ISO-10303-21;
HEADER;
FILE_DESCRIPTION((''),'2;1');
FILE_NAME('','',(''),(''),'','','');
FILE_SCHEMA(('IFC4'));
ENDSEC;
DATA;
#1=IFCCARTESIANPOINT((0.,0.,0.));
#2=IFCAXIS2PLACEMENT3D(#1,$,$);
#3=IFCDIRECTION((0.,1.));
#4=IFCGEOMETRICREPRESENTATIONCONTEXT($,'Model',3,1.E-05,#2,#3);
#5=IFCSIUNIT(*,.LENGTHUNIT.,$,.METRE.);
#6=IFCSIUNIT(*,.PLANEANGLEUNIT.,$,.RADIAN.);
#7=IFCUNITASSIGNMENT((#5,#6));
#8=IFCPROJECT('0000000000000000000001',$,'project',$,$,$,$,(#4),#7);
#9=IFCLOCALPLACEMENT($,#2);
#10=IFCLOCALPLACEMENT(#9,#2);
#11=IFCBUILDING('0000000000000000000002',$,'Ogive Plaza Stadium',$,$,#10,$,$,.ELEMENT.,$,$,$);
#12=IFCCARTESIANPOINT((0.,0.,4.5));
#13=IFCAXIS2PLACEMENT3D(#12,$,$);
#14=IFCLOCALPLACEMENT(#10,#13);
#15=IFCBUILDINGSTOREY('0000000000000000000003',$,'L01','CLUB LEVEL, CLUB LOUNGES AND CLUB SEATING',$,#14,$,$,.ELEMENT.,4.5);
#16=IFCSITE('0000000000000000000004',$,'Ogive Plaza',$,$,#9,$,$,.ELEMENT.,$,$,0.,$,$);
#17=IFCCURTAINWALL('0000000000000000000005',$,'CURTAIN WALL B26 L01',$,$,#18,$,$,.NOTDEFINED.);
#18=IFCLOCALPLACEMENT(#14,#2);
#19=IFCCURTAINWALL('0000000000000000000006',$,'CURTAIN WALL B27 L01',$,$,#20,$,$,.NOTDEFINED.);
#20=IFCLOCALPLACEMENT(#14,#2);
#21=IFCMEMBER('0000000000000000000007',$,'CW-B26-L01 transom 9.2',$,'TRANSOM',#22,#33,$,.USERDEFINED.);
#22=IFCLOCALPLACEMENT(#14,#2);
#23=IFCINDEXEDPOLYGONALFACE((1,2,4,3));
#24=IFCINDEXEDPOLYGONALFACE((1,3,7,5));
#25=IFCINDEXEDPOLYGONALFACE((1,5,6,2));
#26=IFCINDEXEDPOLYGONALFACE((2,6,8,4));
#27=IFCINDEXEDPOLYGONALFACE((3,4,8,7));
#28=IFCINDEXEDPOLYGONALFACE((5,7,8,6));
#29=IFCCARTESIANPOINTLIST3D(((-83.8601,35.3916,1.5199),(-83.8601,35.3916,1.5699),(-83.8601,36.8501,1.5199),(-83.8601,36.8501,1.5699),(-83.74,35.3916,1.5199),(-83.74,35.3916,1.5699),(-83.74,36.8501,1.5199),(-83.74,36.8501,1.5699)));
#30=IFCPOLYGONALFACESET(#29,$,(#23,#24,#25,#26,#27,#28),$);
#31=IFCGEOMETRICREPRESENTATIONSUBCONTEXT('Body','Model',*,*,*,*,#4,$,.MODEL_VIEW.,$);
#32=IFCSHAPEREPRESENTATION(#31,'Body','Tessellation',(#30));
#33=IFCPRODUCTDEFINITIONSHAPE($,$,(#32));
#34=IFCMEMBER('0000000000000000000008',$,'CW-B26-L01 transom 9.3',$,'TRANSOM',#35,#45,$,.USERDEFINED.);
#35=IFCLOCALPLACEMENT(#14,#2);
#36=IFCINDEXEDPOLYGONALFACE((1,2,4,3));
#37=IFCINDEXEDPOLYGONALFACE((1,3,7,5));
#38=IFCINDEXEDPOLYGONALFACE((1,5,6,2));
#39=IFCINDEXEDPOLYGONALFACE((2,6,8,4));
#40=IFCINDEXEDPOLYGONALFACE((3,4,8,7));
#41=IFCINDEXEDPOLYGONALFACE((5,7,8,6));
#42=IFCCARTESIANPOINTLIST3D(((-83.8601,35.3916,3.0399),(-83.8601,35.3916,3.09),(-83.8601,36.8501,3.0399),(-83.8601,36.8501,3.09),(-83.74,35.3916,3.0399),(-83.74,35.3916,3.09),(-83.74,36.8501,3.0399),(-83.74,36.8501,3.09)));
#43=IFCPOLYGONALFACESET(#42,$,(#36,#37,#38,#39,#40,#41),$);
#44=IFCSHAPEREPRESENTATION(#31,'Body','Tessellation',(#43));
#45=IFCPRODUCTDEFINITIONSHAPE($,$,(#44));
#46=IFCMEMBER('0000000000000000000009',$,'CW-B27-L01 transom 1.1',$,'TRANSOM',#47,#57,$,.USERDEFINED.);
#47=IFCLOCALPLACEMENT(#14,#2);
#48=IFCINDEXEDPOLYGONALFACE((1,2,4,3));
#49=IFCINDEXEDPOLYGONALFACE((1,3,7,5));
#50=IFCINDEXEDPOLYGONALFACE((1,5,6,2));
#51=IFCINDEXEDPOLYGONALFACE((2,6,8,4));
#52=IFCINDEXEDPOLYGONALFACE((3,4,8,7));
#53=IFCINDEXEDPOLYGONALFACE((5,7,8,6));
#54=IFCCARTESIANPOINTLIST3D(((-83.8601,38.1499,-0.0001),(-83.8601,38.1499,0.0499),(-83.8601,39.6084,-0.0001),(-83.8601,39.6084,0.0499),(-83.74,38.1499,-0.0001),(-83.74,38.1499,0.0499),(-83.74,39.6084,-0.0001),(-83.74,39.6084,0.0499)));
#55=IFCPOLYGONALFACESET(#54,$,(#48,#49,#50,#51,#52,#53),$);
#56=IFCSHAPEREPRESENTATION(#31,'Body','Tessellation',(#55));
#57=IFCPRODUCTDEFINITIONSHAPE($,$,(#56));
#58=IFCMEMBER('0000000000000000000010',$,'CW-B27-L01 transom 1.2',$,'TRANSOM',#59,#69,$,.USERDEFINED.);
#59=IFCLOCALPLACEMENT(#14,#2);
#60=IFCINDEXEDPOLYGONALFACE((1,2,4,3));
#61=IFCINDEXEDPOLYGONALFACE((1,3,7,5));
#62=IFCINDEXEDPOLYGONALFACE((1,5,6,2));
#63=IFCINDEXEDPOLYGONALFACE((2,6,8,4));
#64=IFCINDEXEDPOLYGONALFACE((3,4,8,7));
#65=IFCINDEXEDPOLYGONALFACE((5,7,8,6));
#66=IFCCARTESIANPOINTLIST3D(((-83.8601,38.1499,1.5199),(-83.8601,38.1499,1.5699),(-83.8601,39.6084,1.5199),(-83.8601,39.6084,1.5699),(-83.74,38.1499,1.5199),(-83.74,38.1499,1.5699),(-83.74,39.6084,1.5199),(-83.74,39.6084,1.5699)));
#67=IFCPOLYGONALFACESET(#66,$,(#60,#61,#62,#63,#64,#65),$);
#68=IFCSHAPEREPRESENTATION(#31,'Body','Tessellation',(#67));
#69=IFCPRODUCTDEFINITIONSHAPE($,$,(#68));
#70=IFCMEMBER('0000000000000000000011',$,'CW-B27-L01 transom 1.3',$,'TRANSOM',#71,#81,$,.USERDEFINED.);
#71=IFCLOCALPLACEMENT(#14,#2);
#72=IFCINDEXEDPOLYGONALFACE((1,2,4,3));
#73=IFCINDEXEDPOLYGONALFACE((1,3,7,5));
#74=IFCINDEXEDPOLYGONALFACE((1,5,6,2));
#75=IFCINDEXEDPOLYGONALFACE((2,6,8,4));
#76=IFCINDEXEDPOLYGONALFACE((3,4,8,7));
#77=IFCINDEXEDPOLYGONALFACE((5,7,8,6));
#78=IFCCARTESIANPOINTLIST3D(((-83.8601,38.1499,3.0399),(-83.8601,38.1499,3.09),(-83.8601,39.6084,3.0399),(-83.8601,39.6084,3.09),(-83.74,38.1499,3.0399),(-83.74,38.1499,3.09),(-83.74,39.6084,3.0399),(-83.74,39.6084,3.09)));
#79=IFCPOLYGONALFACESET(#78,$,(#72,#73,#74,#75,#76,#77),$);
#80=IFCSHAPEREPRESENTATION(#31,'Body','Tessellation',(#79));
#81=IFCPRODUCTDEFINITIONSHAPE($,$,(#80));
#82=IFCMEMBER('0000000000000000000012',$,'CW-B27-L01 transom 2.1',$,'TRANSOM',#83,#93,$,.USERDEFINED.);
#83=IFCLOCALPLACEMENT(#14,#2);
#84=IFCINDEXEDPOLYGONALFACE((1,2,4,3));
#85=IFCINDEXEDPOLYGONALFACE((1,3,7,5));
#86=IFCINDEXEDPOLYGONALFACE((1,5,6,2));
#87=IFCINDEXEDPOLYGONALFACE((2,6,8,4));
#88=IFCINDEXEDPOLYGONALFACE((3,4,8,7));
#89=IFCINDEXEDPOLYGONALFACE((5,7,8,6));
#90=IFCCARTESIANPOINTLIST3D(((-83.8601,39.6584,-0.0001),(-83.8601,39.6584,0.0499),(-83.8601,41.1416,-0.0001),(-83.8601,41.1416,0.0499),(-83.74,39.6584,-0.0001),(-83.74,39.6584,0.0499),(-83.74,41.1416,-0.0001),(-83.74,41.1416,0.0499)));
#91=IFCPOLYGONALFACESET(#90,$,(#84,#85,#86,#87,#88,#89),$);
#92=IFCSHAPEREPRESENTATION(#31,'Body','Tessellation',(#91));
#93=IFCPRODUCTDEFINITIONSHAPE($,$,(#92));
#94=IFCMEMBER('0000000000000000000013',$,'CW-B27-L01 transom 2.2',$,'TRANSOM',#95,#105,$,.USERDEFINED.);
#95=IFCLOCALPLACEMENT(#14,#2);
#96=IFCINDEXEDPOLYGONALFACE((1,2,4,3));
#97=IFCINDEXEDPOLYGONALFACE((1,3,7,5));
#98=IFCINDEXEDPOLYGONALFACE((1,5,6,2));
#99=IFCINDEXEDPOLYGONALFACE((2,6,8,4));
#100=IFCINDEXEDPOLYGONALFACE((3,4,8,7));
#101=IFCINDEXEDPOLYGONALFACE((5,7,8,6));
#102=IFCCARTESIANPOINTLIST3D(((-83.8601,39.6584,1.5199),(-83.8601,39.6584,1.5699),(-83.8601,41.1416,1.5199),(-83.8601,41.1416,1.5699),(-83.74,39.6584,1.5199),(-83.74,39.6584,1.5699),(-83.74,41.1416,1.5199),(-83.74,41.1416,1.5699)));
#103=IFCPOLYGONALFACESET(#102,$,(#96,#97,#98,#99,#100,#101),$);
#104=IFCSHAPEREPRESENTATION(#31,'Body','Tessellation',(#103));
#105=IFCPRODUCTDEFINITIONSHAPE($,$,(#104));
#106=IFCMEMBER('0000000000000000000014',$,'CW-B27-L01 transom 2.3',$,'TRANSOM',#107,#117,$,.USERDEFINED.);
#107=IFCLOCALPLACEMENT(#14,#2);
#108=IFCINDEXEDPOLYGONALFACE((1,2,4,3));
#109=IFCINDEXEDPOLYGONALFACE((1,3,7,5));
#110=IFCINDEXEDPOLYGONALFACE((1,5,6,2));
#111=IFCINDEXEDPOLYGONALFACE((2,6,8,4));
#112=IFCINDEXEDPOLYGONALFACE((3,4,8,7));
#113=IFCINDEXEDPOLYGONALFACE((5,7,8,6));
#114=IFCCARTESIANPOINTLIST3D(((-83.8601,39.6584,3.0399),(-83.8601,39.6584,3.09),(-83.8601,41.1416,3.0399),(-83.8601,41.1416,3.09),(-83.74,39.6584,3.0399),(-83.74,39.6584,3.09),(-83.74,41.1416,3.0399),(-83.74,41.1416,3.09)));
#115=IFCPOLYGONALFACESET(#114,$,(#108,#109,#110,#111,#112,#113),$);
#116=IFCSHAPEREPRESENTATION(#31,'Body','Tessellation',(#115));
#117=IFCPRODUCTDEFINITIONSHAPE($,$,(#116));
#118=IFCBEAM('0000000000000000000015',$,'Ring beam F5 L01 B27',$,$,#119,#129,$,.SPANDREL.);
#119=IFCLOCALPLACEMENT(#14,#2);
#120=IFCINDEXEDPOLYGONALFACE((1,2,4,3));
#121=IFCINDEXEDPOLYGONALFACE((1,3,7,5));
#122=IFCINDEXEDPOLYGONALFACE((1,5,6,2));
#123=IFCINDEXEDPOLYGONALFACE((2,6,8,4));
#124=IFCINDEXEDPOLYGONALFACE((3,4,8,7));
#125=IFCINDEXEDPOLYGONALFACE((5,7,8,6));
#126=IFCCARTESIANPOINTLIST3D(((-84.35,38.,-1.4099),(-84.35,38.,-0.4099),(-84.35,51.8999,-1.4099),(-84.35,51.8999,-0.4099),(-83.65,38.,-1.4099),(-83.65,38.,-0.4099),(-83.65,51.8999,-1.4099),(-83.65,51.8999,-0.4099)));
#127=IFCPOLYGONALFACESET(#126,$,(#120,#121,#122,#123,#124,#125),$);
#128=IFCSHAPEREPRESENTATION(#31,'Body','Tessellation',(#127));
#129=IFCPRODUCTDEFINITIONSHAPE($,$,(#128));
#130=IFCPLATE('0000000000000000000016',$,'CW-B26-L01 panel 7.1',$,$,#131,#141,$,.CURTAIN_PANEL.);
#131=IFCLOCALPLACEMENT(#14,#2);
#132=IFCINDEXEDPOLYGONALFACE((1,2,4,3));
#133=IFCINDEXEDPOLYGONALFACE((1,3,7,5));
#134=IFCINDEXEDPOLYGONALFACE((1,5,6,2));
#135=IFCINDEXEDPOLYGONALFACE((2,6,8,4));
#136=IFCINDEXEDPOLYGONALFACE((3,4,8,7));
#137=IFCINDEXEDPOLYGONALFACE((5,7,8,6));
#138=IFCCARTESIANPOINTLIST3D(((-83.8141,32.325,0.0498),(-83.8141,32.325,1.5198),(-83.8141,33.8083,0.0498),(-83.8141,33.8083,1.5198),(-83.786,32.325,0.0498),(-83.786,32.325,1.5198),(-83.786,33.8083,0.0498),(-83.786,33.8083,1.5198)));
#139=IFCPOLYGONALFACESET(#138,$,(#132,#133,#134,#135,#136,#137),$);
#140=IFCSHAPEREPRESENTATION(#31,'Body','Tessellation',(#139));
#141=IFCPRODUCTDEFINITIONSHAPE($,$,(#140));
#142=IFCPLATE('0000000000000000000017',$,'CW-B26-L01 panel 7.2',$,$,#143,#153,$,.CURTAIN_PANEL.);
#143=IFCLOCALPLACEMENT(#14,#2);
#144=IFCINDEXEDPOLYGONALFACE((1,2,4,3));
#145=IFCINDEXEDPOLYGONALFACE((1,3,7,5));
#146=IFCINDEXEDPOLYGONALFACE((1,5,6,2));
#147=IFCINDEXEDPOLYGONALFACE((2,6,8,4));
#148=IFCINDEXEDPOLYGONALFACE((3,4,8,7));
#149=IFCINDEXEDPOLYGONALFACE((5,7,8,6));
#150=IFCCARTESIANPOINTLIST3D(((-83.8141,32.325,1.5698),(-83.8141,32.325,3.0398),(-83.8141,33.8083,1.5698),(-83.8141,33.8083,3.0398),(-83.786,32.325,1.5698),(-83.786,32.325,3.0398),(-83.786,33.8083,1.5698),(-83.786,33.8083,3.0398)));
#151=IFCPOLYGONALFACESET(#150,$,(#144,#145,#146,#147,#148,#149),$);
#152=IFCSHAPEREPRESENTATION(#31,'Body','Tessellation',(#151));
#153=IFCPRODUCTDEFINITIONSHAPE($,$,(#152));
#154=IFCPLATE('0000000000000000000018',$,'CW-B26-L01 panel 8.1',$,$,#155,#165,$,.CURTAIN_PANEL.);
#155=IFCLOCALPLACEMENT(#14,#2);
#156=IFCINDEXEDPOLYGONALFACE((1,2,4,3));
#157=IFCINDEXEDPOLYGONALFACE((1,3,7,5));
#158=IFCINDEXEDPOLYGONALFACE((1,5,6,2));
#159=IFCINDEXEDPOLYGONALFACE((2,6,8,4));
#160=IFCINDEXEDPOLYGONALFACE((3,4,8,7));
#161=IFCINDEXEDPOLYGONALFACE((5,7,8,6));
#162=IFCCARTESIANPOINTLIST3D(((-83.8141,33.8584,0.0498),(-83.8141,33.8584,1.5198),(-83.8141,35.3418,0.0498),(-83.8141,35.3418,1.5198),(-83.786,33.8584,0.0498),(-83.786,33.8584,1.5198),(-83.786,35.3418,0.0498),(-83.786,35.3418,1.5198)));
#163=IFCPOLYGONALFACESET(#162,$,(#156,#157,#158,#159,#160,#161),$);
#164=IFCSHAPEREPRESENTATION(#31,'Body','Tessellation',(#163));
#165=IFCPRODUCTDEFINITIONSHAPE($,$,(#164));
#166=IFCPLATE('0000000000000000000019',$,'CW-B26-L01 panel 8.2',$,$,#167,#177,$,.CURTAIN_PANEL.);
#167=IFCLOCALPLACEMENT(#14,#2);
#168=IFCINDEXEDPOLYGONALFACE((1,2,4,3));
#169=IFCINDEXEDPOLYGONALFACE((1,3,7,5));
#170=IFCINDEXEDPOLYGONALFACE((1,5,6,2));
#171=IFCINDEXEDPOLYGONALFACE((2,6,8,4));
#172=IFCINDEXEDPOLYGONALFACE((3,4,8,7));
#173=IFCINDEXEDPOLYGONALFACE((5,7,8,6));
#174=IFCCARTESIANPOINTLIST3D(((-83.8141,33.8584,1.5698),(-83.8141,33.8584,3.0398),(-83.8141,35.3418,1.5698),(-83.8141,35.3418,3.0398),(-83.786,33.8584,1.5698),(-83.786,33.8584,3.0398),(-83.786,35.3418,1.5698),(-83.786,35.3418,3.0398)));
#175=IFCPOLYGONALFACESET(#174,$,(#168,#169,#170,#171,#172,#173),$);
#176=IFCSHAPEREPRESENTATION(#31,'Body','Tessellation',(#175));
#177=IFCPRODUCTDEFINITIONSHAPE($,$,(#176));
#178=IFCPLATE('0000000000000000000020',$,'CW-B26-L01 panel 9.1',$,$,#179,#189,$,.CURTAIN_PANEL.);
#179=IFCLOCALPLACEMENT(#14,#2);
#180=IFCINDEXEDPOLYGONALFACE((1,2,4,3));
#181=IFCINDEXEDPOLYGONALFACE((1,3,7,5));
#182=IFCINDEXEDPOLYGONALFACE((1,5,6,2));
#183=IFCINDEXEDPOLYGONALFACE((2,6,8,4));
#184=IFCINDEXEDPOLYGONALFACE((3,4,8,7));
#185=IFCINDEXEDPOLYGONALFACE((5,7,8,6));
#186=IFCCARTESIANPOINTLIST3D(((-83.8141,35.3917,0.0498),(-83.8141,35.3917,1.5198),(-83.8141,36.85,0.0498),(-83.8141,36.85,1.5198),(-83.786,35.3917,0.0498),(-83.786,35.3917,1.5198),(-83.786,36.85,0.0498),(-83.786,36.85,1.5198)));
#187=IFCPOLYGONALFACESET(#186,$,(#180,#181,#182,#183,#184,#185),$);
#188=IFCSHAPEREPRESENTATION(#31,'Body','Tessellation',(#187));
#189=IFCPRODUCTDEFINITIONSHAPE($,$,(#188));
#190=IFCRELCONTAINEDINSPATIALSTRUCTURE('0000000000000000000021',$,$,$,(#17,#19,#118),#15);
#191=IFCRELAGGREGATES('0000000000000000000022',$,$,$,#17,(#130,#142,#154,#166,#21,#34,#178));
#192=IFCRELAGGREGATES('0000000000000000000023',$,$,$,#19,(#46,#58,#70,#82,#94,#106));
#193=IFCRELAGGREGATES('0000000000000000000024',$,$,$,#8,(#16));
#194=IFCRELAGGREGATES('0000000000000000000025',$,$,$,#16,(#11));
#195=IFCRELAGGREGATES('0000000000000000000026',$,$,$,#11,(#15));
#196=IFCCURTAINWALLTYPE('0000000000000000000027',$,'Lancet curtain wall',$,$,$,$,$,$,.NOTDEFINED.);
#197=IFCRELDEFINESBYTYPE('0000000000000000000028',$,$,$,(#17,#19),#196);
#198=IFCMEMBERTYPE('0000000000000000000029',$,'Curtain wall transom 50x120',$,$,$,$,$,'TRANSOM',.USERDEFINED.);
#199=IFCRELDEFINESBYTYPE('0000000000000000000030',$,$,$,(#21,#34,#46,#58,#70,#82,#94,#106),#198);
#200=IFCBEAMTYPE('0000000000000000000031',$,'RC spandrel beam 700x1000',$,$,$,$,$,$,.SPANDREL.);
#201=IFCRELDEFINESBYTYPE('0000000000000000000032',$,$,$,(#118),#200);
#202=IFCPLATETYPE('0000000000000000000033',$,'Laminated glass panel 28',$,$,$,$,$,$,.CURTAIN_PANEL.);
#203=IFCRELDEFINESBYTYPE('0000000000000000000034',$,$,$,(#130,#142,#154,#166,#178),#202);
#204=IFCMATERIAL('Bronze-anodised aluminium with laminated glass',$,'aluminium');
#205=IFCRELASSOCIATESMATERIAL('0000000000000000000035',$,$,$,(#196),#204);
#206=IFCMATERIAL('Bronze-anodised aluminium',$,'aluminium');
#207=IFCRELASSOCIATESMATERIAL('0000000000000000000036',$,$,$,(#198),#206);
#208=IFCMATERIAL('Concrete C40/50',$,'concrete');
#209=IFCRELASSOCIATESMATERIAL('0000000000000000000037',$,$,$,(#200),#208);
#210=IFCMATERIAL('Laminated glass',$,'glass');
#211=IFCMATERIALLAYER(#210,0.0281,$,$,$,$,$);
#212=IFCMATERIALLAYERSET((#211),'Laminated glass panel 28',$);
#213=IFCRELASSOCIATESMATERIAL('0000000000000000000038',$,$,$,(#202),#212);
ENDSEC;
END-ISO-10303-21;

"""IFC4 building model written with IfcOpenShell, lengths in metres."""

from ifc_helpers import new_model, si_unit, direction, frame, origin, origin_2d, place, context, subcontext, project, spatial, rectangle, extrude, material, layer, layer_set, material_profile, profile_set, type_object, element, aggregate, save


model = new_model("IFC4")

# Units and contexts
model_context = context("Model", 3, precision=1e-05, world=origin(), true_north=direction((0.0, 1.0)))
body_context = subcontext(model_context, "Body", "Model", "MODEL_VIEW")
ifc_project = project(units=[si_unit("LENGTHUNIT", "METRE"), si_unit("PLANEANGLEUNIT", "RADIAN")], contexts=[model_context])

# Site, building, storey
site_placement = place(None, origin())
site = spatial("IfcSite", under=ifc_project, at=site_placement, Name="Ogive Plaza", CompositionType="ELEMENT", RefElevation=0.0)
building_placement = place(site_placement, origin())
building = spatial("IfcBuilding", under=site, at=building_placement, Name="Ogive Plaza Stadium", CompositionType="ELEMENT")
storey_placement = place(building_placement, frame((0.0, 0.0, 4.5)))
storey = spatial("IfcBuildingStorey", under=building, at=storey_placement, Name="L01", Description="CLUB LEVEL, CLUB LOUNGES AND CLUB SEATING", CompositionType="ELEMENT", Elevation=4.5)

# Curtain walls
ifc_material_1 = material(Name="Bronze-anodised aluminium with laminated glass", Category="aluminium")
curtain_wall_type = type_object("IfcCurtainWallType", Name="Lancet curtain wall", PredefinedType="NOTDEFINED", material=ifc_material_1)
curtain_wall_1_placement = place(storey_placement, origin())
curtain_wall_1 = element("IfcCurtainWall", 1, at=curtain_wall_1_placement, inside=storey, type_object=curtain_wall_type, Name="CURTAIN WALL B26 L01", PredefinedType="NOTDEFINED")
curtain_wall_2_placement = place(storey_placement, origin())
curtain_wall_2 = element("IfcCurtainWall", 2, at=curtain_wall_2_placement, inside=storey, type_object=curtain_wall_type, Name="CURTAIN WALL B27 L01", PredefinedType="NOTDEFINED")

# Members
ifc_material_2 = material(Name="Bronze-anodised aluminium", Category="aluminium")
ifc_material_profile_1 = material_profile(ifc_material_2, rectangle(XDim=0.1201, YDim=0.05, at=origin_2d()), Name="AL 120x50")
ifc_profile_set_1 = profile_set([ifc_material_profile_1], Name="Bronze-anodised aluminium")
member_type_1 = type_object("IfcMemberType", Name="Curtain wall transom 50x120", ElementType="TRANSOM", PredefinedType="USERDEFINED", material=ifc_profile_set_1)
member_1_placement = place(storey_placement, frame((-83.8, 35.3916, 1.5449), z_axis=(0.0, 1.0, 0.0), x_axis=(-1.0, 0.0, 0.0)))
member_1 = element("IfcMember", 3, at=member_1_placement, type_object=member_type_1, Name="CW-B26-L01 transom 9.2", ObjectType="TRANSOM", PredefinedType="USERDEFINED", context=body_context, shape_type="SweptSolid", body=[
    extrude(rectangle(XDim=0.1201, YDim=0.05, at=origin_2d()), origin(), (0.0, 0.0, 1.0), 1.4585),
])
member_2_placement = place(storey_placement, frame((-83.8, 35.3916, 3.0649), z_axis=(0.0, 1.0, 0.0), x_axis=(-1.0, 0.0, 0.0)))
member_2 = element("IfcMember", 4, at=member_2_placement, type_object=member_type_1, Name="CW-B26-L01 transom 9.3", ObjectType="TRANSOM", PredefinedType="USERDEFINED", context=body_context, shape_type="SweptSolid", body=[
    extrude(rectangle(XDim=0.1201, YDim=0.05, at=origin_2d()), origin(), (0.0, 0.0, 1.0), 1.4585),
])
member_3_placement = place(storey_placement, frame((-83.8, 38.1499, 0.0249), z_axis=(0.0, 1.0, 0.0), x_axis=(-1.0, 0.0, 0.0)))
member_3 = element("IfcMember", 5, at=member_3_placement, type_object=member_type_1, Name="CW-B27-L01 transom 1.1", ObjectType="TRANSOM", PredefinedType="USERDEFINED", context=body_context, shape_type="SweptSolid", body=[
    extrude(rectangle(XDim=0.1201, YDim=0.05, at=origin_2d()), origin(), (0.0, 0.0, 1.0), 1.4585),
])
member_4_placement = place(storey_placement, frame((-83.8, 38.1499, 1.5449), z_axis=(0.0, 1.0, 0.0), x_axis=(-1.0, 0.0, 0.0)))
member_4 = element("IfcMember", 6, at=member_4_placement, type_object=member_type_1, Name="CW-B27-L01 transom 1.2", ObjectType="TRANSOM", PredefinedType="USERDEFINED", context=body_context, shape_type="SweptSolid", body=[
    extrude(rectangle(XDim=0.1201, YDim=0.05, at=origin_2d()), origin(), (0.0, 0.0, 1.0), 1.4585),
])
member_5_placement = place(storey_placement, frame((-83.8, 38.1499, 3.0649), z_axis=(0.0, 1.0, 0.0), x_axis=(-1.0, 0.0, 0.0)))
member_5 = element("IfcMember", 7, at=member_5_placement, type_object=member_type_1, Name="CW-B27-L01 transom 1.3", ObjectType="TRANSOM", PredefinedType="USERDEFINED", context=body_context, shape_type="SweptSolid", body=[
    extrude(rectangle(XDim=0.1201, YDim=0.05, at=origin_2d()), origin(), (0.0, 0.0, 1.0), 1.4585),
])
member_6_placement = place(storey_placement, frame((-83.8, 39.6584, 0.0249), z_axis=(0.0, 1.0, 0.0), x_axis=(-1.0, 0.0, 0.0)))
member_6 = element("IfcMember", 8, at=member_6_placement, type_object=member_type_1, Name="CW-B27-L01 transom 2.1", ObjectType="TRANSOM", PredefinedType="USERDEFINED", context=body_context, shape_type="SweptSolid", body=[
    extrude(rectangle(XDim=0.1201, YDim=0.05, at=origin_2d()), origin(), (0.0, 0.0, 1.0), 1.4832),
])
member_7_placement = place(storey_placement, frame((-83.8, 39.6584, 1.5449), z_axis=(0.0, 1.0, 0.0), x_axis=(-1.0, 0.0, 0.0)))
member_7 = element("IfcMember", 9, at=member_7_placement, type_object=member_type_1, Name="CW-B27-L01 transom 2.2", ObjectType="TRANSOM", PredefinedType="USERDEFINED", context=body_context, shape_type="SweptSolid", body=[
    extrude(rectangle(XDim=0.1201, YDim=0.05, at=origin_2d()), origin(), (0.0, 0.0, 1.0), 1.4832),
])
member_8_placement = place(storey_placement, frame((-83.8, 39.6584, 3.0649), z_axis=(0.0, 1.0, 0.0), x_axis=(-1.0, 0.0, 0.0)))
member_8 = element("IfcMember", 10, at=member_8_placement, type_object=member_type_1, Name="CW-B27-L01 transom 2.3", ObjectType="TRANSOM", PredefinedType="USERDEFINED", context=body_context, shape_type="SweptSolid", body=[
    extrude(rectangle(XDim=0.1201, YDim=0.05, at=origin_2d()), origin(), (0.0, 0.0, 1.0), 1.4832),
])

# Beam
ifc_material_3 = material(Name="Concrete C40/50", Category="concrete")
ifc_material_profile_2 = material_profile(ifc_material_3, rectangle(XDim=0.7, YDim=1.0, at=origin_2d()), Name="RC 700x1000")
ifc_profile_set_2 = profile_set([ifc_material_profile_2], Name="Concrete C40/50")
beam_type = type_object("IfcBeamType", Name="RC spandrel beam 700x1000", PredefinedType="SPANDREL", material=ifc_profile_set_2)
beam_placement = place(storey_placement, frame((-84.0, 38.0, -0.9099), z_axis=(0.0, 1.0, 0.0), x_axis=(-1.0, 0.0, 0.0)))
element("IfcBeam", 11, at=beam_placement, inside=storey, type_object=beam_type, Name="Ring beam F5 L01 B27", PredefinedType="SPANDREL", context=body_context, shape_type="SweptSolid", body=[
    extrude(rectangle(XDim=0.7, YDim=1.0, at=origin_2d()), origin(), (0.0, 0.0, 1.0), 13.8999),
])

# Plates
ifc_material_4 = material(Name="Laminated glass", Category="glass")
ifc_layer = layer(ifc_material_4, 0.0281)
ifc_layer_set = layer_set([ifc_layer], Name="Laminated glass panel 28")
plate_type = type_object("IfcPlateType", Name="Laminated glass panel 28", PredefinedType="CURTAIN_PANEL", material=ifc_layer_set)
plate_1_placement = place(storey_placement, frame((-83.8, 33.0667, 0.0498), z_axis=(0.0, 0.0, 1.0), x_axis=(0.0, 1.0, 0.0)))
plate_1 = element("IfcPlate", 12, at=plate_1_placement, type_object=plate_type, Name="CW-B26-L01 panel 7.1", PredefinedType="CURTAIN_PANEL", context=body_context, shape_type="SweptSolid", body=[
    extrude(rectangle(XDim=1.4834, YDim=0.0281, at=origin_2d()), origin(), (0.0, 0.0, 1.0), 1.47),
])
plate_2_placement = place(storey_placement, frame((-83.8, 33.0667, 1.5698), z_axis=(0.0, 0.0, 1.0), x_axis=(0.0, 1.0, 0.0)))
plate_2 = element("IfcPlate", 13, at=plate_2_placement, type_object=plate_type, Name="CW-B26-L01 panel 7.2", PredefinedType="CURTAIN_PANEL", context=body_context, shape_type="SweptSolid", body=[
    extrude(rectangle(XDim=1.4834, YDim=0.0281, at=origin_2d()), origin(), (0.0, 0.0, 1.0), 1.47),
])
plate_3_placement = place(storey_placement, frame((-83.8, 34.6001, 0.0498), z_axis=(0.0, 0.0, 1.0), x_axis=(0.0, 1.0, 0.0)))
plate_3 = element("IfcPlate", 14, at=plate_3_placement, type_object=plate_type, Name="CW-B26-L01 panel 8.1", PredefinedType="CURTAIN_PANEL", context=body_context, shape_type="SweptSolid", body=[
    extrude(rectangle(XDim=1.4834, YDim=0.0281, at=origin_2d()), origin(), (0.0, 0.0, 1.0), 1.47),
])
plate_4_placement = place(storey_placement, frame((-83.8, 34.6001, 1.5698), z_axis=(0.0, 0.0, 1.0), x_axis=(0.0, 1.0, 0.0)))
plate_4 = element("IfcPlate", 15, at=plate_4_placement, type_object=plate_type, Name="CW-B26-L01 panel 8.2", PredefinedType="CURTAIN_PANEL", context=body_context, shape_type="SweptSolid", body=[
    extrude(rectangle(XDim=1.4834, YDim=0.0281, at=origin_2d()), origin(), (0.0, 0.0, 1.0), 1.47),
])
plate_5_placement = place(storey_placement, frame((-83.8, 36.1208, 0.0498), z_axis=(0.0, 0.0, 1.0), x_axis=(0.0, 1.0, 0.0)))
plate_5 = element("IfcPlate", 16, at=plate_5_placement, type_object=plate_type, Name="CW-B26-L01 panel 9.1", PredefinedType="CURTAIN_PANEL", context=body_context, shape_type="SweptSolid", body=[
    extrude(rectangle(XDim=1.4583, YDim=0.0281, at=origin_2d()), origin(), (0.0, 0.0, 1.0), 1.47),
])
aggregate(curtain_wall_1, [plate_1, plate_2, plate_3, plate_4, member_1, member_2, plate_5])
aggregate(curtain_wall_2, [member_3, member_4, member_5, member_6, member_7, member_8])

save(model, "model.ifc")
